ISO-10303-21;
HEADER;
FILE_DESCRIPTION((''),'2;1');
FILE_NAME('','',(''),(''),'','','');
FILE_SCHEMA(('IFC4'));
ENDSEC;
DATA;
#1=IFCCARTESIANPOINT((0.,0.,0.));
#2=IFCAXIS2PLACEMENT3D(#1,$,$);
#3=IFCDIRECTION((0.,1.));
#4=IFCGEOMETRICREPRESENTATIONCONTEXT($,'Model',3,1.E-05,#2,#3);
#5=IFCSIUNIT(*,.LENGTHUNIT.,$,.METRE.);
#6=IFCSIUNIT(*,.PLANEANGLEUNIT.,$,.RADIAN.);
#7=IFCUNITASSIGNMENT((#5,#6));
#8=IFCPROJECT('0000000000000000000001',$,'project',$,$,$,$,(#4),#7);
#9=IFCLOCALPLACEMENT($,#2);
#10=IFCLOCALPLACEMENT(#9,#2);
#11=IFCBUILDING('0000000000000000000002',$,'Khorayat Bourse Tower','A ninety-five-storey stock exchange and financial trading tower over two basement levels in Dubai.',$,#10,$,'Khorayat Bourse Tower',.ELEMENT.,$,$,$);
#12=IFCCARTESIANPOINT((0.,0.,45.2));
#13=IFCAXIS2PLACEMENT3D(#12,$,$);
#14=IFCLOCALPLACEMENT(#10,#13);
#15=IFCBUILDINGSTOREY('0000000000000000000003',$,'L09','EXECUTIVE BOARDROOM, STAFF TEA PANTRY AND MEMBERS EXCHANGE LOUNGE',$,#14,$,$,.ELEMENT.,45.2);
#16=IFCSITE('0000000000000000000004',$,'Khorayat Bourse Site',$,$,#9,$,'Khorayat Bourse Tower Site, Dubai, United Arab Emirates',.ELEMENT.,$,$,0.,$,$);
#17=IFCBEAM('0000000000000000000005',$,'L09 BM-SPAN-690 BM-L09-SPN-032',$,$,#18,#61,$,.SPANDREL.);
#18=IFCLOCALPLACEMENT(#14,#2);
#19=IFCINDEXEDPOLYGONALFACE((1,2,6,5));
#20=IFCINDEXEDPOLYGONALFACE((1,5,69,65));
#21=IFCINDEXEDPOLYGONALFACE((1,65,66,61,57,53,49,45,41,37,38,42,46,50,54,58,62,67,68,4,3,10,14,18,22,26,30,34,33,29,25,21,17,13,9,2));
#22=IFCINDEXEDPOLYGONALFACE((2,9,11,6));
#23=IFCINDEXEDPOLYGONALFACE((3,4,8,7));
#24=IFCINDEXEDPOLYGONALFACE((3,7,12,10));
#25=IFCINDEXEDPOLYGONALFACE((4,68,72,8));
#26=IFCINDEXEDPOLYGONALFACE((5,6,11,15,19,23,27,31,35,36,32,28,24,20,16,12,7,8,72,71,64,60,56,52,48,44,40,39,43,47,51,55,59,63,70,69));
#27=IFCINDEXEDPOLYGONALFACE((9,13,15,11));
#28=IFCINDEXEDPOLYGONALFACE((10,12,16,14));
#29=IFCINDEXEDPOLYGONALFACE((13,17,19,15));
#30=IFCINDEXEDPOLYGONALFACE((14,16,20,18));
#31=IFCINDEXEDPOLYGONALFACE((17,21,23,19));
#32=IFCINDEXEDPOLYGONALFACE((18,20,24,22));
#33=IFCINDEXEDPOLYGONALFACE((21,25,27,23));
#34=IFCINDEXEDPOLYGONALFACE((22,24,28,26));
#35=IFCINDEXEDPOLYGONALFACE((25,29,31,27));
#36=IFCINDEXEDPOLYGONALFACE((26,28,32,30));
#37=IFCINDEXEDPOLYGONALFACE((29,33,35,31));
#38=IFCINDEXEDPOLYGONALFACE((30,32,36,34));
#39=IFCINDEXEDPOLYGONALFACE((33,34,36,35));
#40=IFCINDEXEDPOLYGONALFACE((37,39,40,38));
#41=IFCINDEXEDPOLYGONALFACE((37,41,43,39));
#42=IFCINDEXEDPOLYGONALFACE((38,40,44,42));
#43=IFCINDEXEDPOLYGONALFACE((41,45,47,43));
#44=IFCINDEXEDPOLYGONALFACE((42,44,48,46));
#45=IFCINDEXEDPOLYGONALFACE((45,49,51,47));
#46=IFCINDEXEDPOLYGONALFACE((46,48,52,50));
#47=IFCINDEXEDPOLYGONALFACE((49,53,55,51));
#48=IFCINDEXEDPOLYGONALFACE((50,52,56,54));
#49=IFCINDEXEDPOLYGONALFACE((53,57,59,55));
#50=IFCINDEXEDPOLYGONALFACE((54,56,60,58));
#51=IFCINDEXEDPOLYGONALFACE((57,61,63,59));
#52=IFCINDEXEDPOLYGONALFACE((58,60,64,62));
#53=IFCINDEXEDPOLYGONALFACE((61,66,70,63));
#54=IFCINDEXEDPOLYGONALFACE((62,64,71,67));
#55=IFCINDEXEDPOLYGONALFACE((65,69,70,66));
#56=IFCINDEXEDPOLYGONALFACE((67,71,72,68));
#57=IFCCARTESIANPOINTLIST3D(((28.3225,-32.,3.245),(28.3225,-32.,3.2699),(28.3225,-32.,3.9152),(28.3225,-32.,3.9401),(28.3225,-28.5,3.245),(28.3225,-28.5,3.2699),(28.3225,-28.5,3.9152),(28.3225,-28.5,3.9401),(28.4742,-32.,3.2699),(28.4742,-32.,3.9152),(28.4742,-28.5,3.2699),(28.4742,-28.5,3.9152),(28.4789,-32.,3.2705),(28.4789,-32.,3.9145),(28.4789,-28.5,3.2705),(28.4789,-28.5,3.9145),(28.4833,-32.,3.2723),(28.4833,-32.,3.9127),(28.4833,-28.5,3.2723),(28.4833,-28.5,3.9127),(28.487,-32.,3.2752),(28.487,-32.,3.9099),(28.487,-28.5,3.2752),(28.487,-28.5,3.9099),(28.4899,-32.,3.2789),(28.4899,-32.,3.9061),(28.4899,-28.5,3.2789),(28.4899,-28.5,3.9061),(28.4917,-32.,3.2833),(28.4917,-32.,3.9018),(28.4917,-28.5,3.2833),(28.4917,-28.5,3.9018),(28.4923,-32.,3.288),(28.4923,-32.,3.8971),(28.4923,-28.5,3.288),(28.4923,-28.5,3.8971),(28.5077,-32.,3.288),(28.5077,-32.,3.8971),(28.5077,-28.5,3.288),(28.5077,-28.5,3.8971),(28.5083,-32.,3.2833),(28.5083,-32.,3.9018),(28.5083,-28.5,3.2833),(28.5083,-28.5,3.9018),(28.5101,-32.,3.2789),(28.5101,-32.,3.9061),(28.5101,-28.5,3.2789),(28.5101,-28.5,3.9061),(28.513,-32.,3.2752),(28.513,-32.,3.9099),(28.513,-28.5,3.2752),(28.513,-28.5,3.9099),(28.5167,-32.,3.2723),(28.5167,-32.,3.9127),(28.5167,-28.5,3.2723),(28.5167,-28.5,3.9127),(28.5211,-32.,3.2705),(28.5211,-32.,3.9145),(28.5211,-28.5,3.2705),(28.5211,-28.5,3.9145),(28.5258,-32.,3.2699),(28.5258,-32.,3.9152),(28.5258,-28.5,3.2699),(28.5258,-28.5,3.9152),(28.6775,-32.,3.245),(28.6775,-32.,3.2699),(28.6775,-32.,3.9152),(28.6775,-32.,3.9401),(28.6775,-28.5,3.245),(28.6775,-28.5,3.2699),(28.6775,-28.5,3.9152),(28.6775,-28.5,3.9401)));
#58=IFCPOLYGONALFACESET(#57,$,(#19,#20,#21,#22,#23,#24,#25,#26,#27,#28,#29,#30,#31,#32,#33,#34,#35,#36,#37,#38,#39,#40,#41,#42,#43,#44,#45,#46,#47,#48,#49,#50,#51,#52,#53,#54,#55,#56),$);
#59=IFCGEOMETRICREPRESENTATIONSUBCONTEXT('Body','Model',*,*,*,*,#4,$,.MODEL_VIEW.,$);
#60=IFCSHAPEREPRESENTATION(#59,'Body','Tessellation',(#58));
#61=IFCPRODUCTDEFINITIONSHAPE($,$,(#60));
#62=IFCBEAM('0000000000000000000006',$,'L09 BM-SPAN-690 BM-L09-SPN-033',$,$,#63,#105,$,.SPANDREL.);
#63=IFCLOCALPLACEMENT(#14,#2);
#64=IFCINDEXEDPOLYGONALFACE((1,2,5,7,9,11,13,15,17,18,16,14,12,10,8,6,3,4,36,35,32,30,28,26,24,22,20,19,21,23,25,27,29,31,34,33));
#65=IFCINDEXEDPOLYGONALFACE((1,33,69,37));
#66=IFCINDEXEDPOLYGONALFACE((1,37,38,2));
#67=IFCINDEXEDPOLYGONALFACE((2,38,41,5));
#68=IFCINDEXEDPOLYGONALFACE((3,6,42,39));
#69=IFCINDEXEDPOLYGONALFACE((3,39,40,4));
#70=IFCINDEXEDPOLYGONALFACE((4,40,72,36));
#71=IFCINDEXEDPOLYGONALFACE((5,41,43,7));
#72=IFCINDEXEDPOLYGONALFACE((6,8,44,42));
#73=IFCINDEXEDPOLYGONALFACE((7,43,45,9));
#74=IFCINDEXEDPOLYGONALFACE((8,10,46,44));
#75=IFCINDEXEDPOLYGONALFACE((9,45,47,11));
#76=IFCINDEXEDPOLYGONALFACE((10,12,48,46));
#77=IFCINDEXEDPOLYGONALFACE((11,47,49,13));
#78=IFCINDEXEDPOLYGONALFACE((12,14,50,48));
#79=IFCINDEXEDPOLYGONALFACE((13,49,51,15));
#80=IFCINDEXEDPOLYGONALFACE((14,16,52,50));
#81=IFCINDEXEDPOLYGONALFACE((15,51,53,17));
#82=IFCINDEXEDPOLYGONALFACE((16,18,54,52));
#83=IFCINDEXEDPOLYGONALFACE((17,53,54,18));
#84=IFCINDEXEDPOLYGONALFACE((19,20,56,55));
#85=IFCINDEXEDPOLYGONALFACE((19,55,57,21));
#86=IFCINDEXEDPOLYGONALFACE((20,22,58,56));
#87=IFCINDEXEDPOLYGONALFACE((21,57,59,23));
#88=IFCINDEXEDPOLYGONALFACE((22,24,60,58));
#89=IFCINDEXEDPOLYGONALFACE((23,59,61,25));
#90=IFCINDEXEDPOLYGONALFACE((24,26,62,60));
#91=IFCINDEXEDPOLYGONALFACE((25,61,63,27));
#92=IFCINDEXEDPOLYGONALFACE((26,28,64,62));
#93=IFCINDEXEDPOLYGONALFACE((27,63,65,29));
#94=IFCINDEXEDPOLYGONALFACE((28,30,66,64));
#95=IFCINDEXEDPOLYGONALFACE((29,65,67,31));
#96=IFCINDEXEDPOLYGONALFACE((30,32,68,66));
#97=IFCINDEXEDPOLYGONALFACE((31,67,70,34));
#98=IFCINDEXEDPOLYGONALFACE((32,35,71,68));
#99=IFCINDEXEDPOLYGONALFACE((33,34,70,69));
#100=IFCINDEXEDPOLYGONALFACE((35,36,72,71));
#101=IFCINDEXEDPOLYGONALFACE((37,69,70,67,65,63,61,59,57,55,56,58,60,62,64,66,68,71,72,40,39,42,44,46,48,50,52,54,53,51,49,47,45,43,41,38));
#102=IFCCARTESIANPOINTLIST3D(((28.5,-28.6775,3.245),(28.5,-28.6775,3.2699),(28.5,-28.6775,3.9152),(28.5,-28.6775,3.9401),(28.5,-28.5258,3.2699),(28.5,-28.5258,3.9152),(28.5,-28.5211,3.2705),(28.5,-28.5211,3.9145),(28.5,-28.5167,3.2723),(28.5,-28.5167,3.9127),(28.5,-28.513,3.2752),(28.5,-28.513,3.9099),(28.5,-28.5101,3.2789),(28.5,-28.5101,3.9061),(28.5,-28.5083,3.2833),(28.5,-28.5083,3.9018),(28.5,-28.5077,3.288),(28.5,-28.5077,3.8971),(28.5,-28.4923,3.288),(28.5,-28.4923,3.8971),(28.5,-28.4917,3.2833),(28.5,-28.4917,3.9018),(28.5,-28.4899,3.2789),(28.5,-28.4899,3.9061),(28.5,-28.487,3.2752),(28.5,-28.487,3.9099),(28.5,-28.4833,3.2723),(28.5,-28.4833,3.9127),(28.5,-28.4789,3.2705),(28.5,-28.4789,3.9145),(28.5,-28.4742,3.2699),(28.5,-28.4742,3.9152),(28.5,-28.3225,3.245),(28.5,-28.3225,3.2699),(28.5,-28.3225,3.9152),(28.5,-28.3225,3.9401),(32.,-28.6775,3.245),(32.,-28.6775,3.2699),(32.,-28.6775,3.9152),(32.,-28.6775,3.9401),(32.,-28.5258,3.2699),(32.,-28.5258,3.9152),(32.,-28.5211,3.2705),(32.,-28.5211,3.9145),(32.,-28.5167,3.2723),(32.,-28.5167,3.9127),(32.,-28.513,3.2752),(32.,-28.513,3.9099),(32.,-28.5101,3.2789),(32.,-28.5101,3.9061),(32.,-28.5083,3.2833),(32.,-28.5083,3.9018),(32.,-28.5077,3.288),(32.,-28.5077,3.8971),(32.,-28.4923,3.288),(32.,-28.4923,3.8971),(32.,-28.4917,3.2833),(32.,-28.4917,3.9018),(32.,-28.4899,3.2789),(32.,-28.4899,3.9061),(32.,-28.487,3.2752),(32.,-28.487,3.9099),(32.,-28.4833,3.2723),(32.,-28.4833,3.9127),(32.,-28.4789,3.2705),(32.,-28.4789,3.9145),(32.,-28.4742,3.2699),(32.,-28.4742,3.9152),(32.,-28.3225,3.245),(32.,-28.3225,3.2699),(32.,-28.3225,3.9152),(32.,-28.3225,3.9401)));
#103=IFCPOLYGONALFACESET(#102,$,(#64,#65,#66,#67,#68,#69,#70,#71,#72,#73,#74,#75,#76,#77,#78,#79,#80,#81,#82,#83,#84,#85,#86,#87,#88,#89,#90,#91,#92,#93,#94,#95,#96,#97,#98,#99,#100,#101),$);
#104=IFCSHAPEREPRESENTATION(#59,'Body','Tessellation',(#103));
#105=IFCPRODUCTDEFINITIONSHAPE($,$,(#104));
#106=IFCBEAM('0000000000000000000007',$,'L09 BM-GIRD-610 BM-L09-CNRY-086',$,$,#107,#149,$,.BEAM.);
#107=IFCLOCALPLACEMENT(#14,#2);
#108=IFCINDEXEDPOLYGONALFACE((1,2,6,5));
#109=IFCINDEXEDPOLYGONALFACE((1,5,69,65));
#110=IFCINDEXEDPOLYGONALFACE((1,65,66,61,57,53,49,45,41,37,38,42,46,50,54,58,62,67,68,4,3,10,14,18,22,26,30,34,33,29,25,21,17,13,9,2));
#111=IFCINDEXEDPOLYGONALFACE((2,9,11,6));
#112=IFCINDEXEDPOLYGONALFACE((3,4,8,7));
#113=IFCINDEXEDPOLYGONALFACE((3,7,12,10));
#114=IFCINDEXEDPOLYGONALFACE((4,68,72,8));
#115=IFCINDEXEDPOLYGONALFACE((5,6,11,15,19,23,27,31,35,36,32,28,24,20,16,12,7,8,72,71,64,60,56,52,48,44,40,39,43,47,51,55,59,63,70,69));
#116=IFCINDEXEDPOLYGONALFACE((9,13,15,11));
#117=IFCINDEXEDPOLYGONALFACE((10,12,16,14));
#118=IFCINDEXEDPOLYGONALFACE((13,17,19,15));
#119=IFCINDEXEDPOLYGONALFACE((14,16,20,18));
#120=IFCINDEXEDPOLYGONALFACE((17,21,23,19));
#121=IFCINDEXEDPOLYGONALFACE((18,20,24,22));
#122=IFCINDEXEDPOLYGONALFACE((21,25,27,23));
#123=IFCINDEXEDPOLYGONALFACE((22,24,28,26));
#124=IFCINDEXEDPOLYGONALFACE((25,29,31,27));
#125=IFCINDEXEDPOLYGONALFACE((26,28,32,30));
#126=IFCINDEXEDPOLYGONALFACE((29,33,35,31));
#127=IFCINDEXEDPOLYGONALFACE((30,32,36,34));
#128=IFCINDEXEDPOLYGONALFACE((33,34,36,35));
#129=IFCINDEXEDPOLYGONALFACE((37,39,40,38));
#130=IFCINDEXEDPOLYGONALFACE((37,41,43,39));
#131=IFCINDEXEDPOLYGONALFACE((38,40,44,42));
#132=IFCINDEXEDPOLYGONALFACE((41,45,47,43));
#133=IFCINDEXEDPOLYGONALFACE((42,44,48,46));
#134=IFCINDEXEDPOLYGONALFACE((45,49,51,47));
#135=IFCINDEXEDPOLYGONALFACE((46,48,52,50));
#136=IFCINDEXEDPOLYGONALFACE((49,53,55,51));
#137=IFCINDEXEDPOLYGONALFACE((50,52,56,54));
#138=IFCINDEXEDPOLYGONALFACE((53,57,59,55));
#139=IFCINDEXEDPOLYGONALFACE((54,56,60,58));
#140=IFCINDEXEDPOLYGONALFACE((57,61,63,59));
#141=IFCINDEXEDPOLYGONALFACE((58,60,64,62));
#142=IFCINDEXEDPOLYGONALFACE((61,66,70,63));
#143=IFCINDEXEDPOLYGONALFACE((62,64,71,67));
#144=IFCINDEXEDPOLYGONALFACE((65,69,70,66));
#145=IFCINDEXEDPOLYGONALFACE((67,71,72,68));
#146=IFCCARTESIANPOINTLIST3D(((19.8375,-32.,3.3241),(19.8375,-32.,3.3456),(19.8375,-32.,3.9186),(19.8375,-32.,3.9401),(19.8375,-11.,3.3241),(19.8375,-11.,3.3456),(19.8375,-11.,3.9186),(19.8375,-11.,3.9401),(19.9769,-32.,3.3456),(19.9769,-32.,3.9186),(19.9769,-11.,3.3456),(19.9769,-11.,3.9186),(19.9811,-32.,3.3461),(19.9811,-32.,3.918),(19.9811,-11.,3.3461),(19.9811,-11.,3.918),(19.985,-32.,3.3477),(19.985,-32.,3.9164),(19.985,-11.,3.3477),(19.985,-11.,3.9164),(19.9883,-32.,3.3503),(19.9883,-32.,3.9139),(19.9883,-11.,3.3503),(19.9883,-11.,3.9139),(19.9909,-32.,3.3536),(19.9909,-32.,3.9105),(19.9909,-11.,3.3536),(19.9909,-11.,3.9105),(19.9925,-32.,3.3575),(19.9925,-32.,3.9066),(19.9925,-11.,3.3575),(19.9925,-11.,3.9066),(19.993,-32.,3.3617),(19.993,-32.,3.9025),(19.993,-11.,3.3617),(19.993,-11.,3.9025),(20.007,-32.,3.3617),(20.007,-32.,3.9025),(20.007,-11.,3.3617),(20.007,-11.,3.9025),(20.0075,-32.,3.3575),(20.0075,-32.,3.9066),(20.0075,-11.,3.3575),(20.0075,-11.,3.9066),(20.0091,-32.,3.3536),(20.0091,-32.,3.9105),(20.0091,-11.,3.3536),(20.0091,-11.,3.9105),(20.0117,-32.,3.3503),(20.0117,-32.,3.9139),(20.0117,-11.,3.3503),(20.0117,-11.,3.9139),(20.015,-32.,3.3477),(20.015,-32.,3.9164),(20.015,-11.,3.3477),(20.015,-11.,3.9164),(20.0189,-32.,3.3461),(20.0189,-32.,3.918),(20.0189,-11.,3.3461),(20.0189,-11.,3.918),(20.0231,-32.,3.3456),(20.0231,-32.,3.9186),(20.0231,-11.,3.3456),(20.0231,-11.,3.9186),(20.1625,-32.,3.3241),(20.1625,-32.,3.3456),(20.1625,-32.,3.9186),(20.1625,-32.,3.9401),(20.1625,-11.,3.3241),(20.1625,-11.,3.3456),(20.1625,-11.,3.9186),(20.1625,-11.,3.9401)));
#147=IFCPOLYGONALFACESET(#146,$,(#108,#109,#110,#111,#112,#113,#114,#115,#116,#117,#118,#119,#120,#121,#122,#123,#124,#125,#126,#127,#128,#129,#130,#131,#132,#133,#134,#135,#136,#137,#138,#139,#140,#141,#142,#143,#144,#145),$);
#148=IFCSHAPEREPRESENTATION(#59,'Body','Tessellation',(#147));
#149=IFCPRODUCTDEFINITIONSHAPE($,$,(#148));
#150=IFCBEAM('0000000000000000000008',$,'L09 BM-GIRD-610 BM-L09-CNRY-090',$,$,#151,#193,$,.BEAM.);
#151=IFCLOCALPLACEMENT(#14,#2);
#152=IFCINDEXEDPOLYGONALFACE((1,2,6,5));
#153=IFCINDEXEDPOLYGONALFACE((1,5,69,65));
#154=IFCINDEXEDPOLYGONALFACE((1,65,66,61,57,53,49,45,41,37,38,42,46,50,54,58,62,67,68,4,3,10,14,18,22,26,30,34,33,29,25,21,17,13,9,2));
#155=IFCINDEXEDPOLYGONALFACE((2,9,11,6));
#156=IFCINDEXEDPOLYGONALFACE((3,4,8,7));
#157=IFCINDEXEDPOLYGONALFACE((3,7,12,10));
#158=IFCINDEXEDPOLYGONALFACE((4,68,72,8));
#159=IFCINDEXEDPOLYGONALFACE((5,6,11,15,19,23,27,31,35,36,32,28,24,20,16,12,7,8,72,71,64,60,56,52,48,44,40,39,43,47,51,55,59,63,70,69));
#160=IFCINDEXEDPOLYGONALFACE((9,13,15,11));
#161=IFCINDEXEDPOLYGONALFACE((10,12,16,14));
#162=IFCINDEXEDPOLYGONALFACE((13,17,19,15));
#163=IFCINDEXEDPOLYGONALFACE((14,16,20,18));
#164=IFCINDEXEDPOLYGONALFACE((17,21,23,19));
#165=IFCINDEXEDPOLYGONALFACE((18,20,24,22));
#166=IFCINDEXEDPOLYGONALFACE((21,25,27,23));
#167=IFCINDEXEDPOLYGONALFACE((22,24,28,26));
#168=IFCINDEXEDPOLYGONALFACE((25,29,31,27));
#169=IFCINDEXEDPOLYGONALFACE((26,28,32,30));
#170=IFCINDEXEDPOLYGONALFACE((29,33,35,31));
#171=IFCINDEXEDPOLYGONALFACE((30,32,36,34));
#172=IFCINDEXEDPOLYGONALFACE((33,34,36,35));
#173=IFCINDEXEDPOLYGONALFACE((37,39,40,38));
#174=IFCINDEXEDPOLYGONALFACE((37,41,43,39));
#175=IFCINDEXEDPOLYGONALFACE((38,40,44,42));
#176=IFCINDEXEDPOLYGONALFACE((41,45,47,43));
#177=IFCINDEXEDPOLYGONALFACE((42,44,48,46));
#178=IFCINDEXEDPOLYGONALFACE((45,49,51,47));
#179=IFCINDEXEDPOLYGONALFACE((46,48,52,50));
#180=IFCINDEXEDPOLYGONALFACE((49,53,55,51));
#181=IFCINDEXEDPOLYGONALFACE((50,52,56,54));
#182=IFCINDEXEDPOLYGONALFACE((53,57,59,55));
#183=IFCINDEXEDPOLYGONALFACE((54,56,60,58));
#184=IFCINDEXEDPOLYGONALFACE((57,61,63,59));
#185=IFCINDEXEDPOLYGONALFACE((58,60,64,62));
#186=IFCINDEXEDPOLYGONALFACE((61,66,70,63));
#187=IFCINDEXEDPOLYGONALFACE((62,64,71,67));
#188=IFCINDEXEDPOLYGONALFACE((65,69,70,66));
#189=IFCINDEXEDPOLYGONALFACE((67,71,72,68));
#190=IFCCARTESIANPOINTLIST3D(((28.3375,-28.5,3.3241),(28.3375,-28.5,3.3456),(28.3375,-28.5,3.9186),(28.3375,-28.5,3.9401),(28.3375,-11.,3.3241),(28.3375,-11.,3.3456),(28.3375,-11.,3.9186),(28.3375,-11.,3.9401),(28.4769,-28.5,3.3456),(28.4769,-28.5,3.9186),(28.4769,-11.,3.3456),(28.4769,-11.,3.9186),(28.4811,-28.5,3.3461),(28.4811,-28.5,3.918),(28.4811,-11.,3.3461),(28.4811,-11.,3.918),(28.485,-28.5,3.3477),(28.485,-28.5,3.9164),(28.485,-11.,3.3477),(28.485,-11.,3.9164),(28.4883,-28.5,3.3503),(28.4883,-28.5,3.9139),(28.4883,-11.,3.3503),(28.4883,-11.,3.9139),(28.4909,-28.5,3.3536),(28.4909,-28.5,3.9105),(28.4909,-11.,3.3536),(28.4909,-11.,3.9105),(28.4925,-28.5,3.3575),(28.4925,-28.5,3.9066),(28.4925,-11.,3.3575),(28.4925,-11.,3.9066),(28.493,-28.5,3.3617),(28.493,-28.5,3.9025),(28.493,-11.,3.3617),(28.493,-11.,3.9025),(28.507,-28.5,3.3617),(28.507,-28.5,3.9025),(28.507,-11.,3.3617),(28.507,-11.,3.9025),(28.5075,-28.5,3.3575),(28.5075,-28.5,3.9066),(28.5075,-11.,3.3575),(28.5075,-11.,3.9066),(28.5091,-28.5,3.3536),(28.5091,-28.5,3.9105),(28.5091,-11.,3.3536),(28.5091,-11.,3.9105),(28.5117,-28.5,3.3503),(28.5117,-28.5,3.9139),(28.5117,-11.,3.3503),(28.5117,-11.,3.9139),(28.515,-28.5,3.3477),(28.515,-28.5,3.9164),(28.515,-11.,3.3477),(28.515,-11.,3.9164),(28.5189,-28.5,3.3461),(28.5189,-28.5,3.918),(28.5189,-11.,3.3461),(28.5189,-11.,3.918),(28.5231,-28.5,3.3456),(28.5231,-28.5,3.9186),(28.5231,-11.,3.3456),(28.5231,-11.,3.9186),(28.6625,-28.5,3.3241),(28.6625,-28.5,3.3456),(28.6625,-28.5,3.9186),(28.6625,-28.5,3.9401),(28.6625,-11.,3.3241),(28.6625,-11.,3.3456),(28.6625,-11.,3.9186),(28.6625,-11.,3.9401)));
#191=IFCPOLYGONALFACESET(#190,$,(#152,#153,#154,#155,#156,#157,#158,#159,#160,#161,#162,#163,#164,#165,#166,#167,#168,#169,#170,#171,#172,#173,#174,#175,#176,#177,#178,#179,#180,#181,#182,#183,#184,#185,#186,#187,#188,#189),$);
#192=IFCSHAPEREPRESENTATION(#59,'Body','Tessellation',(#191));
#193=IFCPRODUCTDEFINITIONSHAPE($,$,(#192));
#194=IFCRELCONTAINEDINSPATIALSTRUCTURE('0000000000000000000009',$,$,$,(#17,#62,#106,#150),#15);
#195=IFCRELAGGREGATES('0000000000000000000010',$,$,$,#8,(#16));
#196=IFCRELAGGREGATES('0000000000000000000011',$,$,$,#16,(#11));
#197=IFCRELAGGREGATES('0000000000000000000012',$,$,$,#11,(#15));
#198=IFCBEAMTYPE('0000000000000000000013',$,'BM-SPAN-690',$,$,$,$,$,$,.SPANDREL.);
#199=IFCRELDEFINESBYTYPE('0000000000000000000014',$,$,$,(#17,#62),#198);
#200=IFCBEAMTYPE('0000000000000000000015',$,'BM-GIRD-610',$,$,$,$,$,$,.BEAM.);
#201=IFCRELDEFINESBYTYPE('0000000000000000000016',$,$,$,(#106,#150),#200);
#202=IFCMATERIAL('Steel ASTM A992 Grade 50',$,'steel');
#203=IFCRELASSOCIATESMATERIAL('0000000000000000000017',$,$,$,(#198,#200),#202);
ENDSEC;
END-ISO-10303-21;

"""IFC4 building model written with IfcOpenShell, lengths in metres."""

from ifc_helpers import new_model, si_unit, direction, frame, origin, origin_2d, place, context, subcontext, project, spatial, i_section, extrude, source, transform, mapped, material, material_profile, profile_set, type_object, element, save


model = new_model("IFC4")

# Units and contexts
model_context = context("Model", 3, precision=1e-05, world=origin(), true_north=direction((0.0, 1.0)))
body_context = subcontext(model_context, "Body", "Model", "MODEL_VIEW")
ifc_project = project(units=[si_unit("LENGTHUNIT", "METRE"), si_unit("PLANEANGLEUNIT", "RADIAN")], contexts=[model_context])

# Site, building, storey
site_placement = place(None, origin())
site = spatial("IfcSite", under=ifc_project, at=site_placement, Name="Khorayat Bourse Site", LongName="Khorayat Bourse Tower Site, Dubai, United Arab Emirates", CompositionType="ELEMENT", RefElevation=0.0)
building_placement = place(site_placement, origin())
building = spatial("IfcBuilding", under=site, at=building_placement, Name="Khorayat Bourse Tower", Description="A ninety-five-storey stock exchange and financial trading tower over two basement levels in Dubai.", LongName="Khorayat Bourse Tower", CompositionType="ELEMENT")
storey_placement = place(building_placement, frame((0.0, 0.0, 45.2)))
storey = spatial("IfcBuildingStorey", under=building, at=storey_placement, Name="L09", Description="EXECUTIVE BOARDROOM, STAFF TEA PANTRY AND MEMBERS EXCHANGE LOUNGE", CompositionType="ELEMENT", Elevation=45.2)

# Beams
ifc_material_1 = material(Name="Steel ASTM A992 Grade 50", Category="steel")
ifc_material_profile_1 = material_profile(ifc_material_1, i_section(OverallWidth=0.355, OverallDepth=0.6951, WebThickness=0.0154, FlangeThickness=0.0249, FilletRadius=0.0181, at=origin_2d()), Name="W690X217")
ifc_profile_set_1 = profile_set([ifc_material_profile_1], Name="Steel ASTM A992 Grade 50")
beam_type_1 = type_object("IfcBeamType", Name="BM-SPAN-690", PredefinedType="SPANDREL", material=ifc_profile_set_1)
shared_shape_1 = source(origin(), body_context, "Body", "SweptSolid", [
    extrude(i_section(OverallWidth=0.355, OverallDepth=0.6951, WebThickness=0.0154, FlangeThickness=0.0249, FilletRadius=0.0181, at=origin_2d()), origin(), (0.0, 0.0, 1.0), 3.5),
])
for number, where, z_axis, x_axis, name in (
    (1, (28.5, -32.0, 3.5925), (0.0, 1.0, 0.0), (-1.0, 0.0, 0.0), "L09 BM-SPAN-690 BM-L09-SPN-032"),
    (2, (28.5, -28.5, 3.5925), (1.0, 0.0, 0.0), (0.0, 1.0, 0.0), "L09 BM-SPAN-690 BM-L09-SPN-033"),
):
    element("IfcBeam", number, at=place(storey_placement, frame(where, z_axis=z_axis, x_axis=x_axis)), inside=storey, type_object=beam_type_1, Name=name, PredefinedType="SPANDREL", context=body_context, shape_type="MappedRepresentation", body=[
        mapped(shared_shape_1, transform((0.0, 0.0, 0.0), scale=1.0)),
    ])
ifc_material_profile_2 = material_profile(ifc_material_1, i_section(OverallWidth=0.325, OverallDepth=0.616, WebThickness=0.0139, FlangeThickness=0.0215, FilletRadius=0.0161, at=origin_2d()), Name="W610X174")
ifc_profile_set_2 = profile_set([ifc_material_profile_2], Name="Steel ASTM A992 Grade 50")
beam_type_2 = type_object("IfcBeamType", Name="BM-GIRD-610", PredefinedType="BEAM", material=ifc_profile_set_2)
shared_shape_2 = source(origin(), body_context, "Body", "SweptSolid", [
    extrude(i_section(OverallWidth=0.325, OverallDepth=0.616, WebThickness=0.0139, FlangeThickness=0.0215, FilletRadius=0.0161, at=origin_2d()), origin(), (0.0, 0.0, 1.0), 21.0),
])
beam_1_placement = place(storey_placement, frame((20.0, -32.0, 3.6321), z_axis=(0.0, 1.0, 0.0), x_axis=(-1.0, 0.0, 0.0)))
element("IfcBeam", 3, at=beam_1_placement, inside=storey, type_object=beam_type_2, Name="L09 BM-GIRD-610 BM-L09-CNRY-086", PredefinedType="BEAM", context=body_context, shape_type="MappedRepresentation", body=[
    mapped(shared_shape_2, transform((0.0, 0.0, 0.0), scale=1.0)),
])
shared_shape_3 = source(origin(), body_context, "Body", "SweptSolid", [
    extrude(i_section(OverallWidth=0.325, OverallDepth=0.616, WebThickness=0.0139, FlangeThickness=0.0215, FilletRadius=0.0161, at=origin_2d()), origin(), (0.0, 0.0, 1.0), 17.5),
])
beam_2_placement = place(storey_placement, frame((28.5, -28.5, 3.6321), z_axis=(0.0, 1.0, 0.0), x_axis=(-1.0, 0.0, 0.0)))
element("IfcBeam", 4, at=beam_2_placement, inside=storey, type_object=beam_type_2, Name="L09 BM-GIRD-610 BM-L09-CNRY-090", PredefinedType="BEAM", context=body_context, shape_type="MappedRepresentation", body=[
    mapped(shared_shape_3, transform((0.0, 0.0, 0.0), scale=1.0)),
])

save(model, "model.ifc")
